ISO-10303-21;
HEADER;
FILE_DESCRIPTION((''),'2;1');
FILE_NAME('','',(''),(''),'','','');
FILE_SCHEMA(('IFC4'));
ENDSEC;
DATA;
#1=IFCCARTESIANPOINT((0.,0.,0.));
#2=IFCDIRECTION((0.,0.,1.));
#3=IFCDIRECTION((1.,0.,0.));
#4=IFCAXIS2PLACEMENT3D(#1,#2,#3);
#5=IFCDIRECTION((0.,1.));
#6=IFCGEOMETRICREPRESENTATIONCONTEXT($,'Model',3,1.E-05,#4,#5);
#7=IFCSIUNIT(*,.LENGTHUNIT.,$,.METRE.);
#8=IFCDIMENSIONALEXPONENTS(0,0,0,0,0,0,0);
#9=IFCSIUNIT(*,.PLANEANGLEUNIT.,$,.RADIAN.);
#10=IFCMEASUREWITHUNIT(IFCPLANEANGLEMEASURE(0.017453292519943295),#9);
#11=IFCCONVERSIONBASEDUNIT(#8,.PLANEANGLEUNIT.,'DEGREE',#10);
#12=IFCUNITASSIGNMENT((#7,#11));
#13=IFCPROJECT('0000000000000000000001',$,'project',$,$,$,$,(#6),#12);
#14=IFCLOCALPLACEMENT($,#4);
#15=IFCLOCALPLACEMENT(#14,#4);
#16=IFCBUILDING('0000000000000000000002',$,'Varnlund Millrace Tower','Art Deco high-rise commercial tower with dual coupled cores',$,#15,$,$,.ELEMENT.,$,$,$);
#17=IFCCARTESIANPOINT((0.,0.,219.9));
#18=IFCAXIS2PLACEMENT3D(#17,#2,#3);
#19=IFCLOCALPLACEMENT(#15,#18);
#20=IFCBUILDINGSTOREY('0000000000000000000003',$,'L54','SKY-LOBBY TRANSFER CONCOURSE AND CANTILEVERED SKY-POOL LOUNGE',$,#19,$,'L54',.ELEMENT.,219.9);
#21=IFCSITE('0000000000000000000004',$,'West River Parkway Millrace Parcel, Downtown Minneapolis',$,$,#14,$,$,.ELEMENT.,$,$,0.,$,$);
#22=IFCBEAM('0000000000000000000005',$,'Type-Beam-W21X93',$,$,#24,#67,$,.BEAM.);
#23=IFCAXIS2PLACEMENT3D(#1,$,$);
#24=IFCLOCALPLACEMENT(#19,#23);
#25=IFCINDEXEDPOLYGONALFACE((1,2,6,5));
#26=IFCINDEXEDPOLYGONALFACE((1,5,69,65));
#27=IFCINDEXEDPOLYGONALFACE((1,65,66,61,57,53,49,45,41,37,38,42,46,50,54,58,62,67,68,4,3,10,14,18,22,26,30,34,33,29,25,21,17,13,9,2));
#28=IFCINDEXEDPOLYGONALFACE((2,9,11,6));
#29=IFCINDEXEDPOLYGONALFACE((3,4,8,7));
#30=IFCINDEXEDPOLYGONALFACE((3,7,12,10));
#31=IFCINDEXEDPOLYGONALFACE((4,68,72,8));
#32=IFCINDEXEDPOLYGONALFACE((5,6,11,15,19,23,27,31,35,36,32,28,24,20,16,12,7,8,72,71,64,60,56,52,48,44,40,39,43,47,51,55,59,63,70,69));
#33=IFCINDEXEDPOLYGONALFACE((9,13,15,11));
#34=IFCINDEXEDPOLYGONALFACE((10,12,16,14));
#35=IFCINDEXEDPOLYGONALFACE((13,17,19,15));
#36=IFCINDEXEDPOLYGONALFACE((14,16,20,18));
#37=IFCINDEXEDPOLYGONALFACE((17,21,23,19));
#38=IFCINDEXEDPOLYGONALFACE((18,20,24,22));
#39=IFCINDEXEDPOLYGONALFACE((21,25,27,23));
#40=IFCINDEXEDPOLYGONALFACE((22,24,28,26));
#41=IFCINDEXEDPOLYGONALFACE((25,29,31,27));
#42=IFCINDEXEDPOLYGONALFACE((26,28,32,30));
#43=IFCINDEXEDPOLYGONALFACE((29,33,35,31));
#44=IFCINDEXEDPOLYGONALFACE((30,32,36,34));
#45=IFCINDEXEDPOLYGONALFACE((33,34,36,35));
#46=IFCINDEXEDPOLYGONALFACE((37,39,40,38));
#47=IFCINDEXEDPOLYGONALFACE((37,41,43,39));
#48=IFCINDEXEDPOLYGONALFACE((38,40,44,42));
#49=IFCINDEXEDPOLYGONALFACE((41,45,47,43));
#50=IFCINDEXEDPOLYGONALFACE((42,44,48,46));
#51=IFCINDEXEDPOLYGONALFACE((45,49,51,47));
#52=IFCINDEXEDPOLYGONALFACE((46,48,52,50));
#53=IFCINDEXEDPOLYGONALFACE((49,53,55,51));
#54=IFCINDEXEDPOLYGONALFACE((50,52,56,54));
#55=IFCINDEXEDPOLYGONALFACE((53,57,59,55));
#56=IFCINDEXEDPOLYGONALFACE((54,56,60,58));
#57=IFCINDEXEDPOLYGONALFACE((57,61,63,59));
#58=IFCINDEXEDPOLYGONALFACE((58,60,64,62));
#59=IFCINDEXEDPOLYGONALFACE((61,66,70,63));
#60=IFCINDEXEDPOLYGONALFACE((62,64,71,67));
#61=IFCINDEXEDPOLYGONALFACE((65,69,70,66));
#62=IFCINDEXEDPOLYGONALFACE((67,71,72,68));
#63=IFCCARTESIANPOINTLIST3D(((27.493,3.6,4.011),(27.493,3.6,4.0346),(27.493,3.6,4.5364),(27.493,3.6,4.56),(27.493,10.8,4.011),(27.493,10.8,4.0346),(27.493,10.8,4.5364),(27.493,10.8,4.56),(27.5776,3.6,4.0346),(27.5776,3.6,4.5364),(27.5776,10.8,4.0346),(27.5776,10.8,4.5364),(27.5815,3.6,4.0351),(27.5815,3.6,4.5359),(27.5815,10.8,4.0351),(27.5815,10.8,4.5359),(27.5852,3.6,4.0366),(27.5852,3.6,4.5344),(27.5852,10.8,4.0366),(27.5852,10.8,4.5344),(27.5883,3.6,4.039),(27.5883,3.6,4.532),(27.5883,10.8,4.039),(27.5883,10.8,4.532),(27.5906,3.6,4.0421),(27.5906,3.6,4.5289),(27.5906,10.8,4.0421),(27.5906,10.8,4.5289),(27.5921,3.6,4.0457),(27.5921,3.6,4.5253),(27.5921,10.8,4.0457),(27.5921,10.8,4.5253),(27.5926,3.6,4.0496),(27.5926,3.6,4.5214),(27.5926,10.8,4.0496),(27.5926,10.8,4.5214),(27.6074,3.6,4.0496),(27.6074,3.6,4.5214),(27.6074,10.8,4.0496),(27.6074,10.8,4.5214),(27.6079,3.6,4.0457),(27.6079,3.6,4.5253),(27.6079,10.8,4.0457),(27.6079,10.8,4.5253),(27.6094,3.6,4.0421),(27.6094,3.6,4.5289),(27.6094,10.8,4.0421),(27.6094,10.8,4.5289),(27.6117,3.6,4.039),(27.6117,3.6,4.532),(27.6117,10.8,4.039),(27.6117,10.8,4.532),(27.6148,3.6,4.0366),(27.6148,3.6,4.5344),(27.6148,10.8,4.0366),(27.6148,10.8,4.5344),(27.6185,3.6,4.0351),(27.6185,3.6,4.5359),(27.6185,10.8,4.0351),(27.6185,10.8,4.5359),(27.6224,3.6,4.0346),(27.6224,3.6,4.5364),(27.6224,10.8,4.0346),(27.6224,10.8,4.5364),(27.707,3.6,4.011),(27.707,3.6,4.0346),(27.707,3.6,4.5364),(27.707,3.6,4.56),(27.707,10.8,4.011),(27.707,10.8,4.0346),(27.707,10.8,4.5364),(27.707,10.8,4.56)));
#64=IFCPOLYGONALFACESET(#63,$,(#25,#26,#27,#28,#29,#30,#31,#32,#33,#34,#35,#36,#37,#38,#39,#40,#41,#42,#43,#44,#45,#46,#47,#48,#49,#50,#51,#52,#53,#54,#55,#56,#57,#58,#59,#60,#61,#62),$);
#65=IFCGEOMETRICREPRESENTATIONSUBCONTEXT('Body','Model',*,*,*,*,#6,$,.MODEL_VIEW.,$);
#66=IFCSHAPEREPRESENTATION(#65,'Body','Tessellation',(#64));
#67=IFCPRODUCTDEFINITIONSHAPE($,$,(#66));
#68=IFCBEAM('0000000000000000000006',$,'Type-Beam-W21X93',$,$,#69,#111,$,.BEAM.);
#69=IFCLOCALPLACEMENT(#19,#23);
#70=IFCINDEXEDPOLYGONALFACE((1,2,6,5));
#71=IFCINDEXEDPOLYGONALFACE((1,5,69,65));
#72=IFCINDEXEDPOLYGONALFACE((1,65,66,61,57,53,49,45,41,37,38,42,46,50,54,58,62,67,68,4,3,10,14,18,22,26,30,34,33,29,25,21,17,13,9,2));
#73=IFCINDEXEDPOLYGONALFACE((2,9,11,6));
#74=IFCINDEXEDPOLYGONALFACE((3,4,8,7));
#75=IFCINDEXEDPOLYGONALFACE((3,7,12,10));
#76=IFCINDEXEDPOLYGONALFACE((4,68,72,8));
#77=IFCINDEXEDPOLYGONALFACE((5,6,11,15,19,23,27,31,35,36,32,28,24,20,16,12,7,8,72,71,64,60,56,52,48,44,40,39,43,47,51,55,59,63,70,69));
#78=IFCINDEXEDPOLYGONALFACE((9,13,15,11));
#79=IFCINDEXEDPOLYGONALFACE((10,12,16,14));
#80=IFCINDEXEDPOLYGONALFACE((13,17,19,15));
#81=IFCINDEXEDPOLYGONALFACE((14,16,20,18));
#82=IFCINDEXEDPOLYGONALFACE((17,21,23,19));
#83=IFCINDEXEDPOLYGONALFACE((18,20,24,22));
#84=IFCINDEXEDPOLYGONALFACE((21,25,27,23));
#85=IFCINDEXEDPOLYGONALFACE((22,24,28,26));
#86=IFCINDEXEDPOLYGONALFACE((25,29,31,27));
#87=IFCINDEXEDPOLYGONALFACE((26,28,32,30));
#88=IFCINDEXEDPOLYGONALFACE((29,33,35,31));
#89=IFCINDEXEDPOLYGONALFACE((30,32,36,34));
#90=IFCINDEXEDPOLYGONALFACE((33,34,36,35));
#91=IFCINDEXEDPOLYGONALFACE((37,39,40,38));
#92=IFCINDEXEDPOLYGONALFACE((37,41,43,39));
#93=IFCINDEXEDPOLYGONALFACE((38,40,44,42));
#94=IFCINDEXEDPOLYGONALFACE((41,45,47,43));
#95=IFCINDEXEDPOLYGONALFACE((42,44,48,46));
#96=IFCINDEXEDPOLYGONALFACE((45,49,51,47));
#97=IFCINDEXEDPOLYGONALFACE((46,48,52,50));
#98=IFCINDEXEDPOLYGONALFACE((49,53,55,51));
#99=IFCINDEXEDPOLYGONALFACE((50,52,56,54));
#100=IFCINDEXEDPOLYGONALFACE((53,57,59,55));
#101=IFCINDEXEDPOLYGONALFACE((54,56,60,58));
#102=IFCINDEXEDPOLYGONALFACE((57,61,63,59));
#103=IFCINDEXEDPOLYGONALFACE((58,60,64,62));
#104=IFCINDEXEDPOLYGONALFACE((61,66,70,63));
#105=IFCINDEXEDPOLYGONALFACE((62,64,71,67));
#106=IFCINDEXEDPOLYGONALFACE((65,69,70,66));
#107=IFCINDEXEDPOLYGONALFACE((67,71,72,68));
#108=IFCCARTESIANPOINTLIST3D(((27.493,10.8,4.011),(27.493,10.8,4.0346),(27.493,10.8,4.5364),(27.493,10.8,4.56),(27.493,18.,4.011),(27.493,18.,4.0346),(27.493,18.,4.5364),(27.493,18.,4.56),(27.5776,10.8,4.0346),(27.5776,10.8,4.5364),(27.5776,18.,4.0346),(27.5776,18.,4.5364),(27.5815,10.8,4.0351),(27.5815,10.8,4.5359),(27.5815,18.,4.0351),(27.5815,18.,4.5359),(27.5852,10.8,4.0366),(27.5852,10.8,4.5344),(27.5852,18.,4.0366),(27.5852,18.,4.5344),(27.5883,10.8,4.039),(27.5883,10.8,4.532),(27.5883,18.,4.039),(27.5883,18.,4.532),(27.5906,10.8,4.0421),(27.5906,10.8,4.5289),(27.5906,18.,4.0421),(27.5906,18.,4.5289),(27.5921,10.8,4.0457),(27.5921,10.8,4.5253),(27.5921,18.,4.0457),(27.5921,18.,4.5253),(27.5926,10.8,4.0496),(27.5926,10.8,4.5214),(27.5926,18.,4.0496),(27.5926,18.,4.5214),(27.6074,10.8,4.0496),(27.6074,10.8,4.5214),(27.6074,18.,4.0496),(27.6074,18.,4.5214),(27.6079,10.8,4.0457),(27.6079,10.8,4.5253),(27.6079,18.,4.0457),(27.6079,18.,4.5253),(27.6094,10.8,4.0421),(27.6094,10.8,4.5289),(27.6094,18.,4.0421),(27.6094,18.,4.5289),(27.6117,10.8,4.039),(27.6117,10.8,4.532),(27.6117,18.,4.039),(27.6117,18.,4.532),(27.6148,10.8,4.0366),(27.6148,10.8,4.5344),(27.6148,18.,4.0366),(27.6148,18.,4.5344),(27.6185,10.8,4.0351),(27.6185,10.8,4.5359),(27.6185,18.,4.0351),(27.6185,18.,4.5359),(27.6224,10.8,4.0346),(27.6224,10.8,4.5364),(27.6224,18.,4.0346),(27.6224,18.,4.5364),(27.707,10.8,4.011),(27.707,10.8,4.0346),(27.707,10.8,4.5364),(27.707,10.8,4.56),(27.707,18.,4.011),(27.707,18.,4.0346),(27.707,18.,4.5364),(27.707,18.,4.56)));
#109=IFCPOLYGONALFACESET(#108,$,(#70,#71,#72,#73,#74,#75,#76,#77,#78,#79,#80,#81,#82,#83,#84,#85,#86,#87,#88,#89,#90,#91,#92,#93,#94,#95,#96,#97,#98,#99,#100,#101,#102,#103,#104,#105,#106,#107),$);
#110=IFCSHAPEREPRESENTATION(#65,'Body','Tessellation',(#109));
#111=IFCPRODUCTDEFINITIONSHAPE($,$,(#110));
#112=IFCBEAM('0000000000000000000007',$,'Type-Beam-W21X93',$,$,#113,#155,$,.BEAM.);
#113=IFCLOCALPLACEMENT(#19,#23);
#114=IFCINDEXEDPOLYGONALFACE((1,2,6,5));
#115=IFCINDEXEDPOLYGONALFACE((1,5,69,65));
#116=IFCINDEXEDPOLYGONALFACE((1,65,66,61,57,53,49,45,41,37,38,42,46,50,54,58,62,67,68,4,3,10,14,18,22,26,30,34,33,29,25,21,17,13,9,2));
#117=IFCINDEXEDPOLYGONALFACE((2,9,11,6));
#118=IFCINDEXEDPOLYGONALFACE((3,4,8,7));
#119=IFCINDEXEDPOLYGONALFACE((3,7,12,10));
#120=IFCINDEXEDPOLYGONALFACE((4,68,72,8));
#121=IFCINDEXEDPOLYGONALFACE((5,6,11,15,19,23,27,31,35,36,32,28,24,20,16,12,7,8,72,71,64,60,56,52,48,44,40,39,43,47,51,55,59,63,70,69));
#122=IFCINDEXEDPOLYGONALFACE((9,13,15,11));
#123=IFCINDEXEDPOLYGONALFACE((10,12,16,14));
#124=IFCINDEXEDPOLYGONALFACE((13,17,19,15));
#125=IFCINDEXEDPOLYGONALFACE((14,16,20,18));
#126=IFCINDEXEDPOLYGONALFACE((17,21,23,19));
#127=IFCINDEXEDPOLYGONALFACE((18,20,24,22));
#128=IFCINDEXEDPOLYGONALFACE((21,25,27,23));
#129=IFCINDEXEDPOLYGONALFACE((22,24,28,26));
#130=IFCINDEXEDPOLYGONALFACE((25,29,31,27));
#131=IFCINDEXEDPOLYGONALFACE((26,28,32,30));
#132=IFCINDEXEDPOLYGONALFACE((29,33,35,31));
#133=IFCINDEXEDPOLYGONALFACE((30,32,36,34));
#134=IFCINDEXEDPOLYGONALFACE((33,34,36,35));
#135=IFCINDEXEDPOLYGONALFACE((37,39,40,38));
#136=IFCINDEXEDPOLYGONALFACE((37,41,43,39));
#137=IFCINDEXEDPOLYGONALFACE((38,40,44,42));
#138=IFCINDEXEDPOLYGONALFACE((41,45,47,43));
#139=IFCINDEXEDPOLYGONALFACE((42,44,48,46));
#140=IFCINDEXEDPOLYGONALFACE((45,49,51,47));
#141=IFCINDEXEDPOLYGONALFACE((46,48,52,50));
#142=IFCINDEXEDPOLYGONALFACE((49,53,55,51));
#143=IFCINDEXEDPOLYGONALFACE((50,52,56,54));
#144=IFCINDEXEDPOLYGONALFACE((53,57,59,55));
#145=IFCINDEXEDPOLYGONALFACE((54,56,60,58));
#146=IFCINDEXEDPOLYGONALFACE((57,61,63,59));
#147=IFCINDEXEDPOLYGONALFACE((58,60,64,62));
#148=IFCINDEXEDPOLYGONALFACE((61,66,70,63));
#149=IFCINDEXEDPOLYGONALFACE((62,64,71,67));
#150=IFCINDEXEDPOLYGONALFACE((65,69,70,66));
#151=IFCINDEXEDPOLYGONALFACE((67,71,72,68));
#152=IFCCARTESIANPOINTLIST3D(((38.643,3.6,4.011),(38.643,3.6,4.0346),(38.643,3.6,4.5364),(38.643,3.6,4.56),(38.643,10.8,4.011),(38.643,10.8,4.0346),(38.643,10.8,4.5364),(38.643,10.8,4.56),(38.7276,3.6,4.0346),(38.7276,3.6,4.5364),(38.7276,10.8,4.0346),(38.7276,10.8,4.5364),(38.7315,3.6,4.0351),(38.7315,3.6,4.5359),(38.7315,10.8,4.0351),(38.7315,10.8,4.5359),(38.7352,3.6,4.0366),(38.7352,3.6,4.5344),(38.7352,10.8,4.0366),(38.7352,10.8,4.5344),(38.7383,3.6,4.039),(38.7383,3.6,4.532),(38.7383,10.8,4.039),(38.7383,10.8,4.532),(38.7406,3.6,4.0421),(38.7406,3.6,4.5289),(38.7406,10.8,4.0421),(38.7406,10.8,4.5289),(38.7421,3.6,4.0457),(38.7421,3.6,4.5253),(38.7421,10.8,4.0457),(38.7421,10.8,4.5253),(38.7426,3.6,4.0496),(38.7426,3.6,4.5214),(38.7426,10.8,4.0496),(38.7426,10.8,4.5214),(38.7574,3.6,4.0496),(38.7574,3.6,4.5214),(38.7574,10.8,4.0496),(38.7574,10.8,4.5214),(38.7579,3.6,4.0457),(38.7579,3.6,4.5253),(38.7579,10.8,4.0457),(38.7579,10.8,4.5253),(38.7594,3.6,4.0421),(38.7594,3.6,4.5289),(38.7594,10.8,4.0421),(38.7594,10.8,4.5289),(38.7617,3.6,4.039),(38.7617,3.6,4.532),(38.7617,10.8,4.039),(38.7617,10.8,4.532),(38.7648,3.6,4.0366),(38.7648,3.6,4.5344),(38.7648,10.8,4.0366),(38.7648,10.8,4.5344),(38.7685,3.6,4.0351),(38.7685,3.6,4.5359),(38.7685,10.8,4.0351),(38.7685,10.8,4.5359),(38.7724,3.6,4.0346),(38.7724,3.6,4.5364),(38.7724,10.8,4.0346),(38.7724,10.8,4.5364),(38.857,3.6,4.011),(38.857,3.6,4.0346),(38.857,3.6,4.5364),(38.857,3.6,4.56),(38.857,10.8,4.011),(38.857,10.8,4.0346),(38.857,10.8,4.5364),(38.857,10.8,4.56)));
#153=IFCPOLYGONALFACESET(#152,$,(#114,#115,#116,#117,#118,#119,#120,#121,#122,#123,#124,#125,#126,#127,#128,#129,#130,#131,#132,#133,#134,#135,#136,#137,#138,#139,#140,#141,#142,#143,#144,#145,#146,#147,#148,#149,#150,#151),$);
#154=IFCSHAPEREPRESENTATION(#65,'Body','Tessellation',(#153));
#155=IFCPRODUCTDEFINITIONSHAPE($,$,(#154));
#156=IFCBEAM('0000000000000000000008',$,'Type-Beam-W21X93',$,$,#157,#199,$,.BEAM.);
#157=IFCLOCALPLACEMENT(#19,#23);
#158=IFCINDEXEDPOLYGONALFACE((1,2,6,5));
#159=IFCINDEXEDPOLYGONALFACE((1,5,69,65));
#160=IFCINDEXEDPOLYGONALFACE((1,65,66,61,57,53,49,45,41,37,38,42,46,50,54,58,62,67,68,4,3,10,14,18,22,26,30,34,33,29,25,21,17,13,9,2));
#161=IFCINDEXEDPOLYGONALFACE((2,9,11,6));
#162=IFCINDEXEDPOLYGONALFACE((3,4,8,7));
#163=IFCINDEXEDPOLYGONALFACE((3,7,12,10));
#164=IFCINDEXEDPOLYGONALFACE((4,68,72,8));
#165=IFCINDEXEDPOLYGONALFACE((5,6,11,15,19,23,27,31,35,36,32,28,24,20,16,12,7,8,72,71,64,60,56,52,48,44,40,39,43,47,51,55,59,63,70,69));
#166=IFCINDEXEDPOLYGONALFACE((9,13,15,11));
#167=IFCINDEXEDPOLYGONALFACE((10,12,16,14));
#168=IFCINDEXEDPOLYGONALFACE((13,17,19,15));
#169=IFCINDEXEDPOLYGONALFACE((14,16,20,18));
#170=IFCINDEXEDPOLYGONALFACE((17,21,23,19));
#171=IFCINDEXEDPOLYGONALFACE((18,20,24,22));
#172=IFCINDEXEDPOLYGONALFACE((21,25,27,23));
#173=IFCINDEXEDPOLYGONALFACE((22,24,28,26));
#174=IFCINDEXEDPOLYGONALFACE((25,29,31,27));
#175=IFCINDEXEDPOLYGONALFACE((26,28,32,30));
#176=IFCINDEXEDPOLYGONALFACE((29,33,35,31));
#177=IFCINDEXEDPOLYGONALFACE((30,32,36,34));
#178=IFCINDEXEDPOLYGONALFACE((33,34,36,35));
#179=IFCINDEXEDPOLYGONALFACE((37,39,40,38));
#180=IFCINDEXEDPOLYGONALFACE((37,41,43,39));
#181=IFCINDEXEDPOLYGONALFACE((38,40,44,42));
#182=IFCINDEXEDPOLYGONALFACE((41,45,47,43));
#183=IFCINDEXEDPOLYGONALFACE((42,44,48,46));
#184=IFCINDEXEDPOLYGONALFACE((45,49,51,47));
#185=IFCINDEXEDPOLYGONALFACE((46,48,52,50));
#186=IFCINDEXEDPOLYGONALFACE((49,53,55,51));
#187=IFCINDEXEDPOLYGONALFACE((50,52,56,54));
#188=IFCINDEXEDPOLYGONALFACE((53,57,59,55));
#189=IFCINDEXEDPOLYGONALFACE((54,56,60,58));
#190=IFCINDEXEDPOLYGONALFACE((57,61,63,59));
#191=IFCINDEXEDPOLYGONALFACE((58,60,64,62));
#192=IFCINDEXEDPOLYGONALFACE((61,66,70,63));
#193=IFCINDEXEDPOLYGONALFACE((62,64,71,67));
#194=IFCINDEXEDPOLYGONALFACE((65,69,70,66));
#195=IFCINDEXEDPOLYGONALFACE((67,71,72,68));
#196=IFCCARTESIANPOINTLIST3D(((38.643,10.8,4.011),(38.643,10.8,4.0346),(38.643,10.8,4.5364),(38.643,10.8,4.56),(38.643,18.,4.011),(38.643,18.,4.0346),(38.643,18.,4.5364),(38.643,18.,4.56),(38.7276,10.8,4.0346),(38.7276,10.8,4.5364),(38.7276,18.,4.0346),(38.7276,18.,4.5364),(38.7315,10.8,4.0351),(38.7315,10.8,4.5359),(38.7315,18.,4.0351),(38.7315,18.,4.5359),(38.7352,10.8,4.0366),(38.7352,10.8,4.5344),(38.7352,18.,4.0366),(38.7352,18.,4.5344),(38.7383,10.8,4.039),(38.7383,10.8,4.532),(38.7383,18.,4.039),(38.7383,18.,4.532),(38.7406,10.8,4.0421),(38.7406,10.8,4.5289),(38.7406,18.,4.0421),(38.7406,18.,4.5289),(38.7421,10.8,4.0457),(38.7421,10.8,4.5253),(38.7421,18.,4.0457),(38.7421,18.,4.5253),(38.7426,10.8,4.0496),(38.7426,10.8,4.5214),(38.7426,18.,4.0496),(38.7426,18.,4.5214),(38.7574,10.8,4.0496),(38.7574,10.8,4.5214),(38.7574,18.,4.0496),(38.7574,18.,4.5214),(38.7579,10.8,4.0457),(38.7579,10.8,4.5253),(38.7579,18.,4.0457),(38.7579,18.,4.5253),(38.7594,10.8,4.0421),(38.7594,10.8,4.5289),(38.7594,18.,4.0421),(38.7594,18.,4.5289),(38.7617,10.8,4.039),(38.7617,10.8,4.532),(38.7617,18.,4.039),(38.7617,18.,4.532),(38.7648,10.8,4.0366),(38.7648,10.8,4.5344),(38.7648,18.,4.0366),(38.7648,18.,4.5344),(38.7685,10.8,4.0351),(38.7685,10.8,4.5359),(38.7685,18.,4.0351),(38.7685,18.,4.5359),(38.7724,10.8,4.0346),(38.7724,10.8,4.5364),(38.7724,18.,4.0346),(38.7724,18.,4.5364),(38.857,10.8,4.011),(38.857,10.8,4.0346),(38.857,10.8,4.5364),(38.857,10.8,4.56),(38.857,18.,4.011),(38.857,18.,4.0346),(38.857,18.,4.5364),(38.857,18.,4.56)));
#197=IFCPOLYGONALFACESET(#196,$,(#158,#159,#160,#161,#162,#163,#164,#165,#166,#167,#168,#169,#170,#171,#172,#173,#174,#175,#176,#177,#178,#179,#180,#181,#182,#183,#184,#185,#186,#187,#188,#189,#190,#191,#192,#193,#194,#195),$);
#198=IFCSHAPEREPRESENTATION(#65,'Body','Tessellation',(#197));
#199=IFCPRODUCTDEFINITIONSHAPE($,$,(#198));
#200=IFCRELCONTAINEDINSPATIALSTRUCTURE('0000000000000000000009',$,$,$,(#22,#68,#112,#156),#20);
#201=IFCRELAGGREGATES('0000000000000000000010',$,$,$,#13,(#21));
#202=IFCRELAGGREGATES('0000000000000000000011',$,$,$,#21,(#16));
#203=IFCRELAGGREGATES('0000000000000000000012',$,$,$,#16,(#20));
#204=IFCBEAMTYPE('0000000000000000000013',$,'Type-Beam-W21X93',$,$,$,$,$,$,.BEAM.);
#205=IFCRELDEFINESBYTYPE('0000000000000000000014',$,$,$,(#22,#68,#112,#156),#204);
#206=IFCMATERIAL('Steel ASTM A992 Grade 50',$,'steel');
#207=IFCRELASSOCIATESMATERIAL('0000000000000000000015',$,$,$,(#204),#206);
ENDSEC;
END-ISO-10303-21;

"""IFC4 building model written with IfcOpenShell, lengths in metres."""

from ifc_helpers import new_model, entity, si_unit, converted_unit, direction, frame, origin_with_axes, origin_2d_with_axis, place, context, subcontext, project, spatial, i_section, extrude, material, material_profile, profile_set, type_object, element, save


model = new_model("IFC4")

# Units and contexts
model_context = context("Model", 3, precision=1e-05, world=origin_with_axes(), true_north=direction((0.0, 1.0)))
body_context = subcontext(model_context, "Body", "Model", "MODEL_VIEW")
ifc_project = project(units=[si_unit("LENGTHUNIT", "METRE"), converted_unit("PLANEANGLEUNIT", "DEGREE", entity("IfcPlaneAngleMeasure", 0.017453292519943295), si_unit("PLANEANGLEUNIT", "RADIAN"), dimensions=[0, 0, 0, 0, 0, 0, 0])], contexts=[model_context])

# Site, building, storey
site_placement = place(None, origin_with_axes())
site = spatial("IfcSite", under=ifc_project, at=site_placement, Name="West River Parkway Millrace Parcel, Downtown Minneapolis", CompositionType="ELEMENT", RefElevation=0.0)
building_placement = place(site_placement, origin_with_axes())
building = spatial("IfcBuilding", under=site, at=building_placement, Name="Varnlund Millrace Tower", Description="Art Deco high-rise commercial tower with dual coupled cores", CompositionType="ELEMENT")
storey_placement = place(building_placement, frame((0.0, 0.0, 219.9), z_axis=(0.0, 0.0, 1.0), x_axis=(1.0, 0.0, 0.0)))
storey = spatial("IfcBuildingStorey", under=building, at=storey_placement, Name="L54", Description="SKY-LOBBY TRANSFER CONCOURSE AND CANTILEVERED SKY-POOL LOUNGE", LongName="L54", CompositionType="ELEMENT", Elevation=219.9)

# Beams
ifc_material_1 = material(Name="Steel ASTM A992 Grade 50", Category="steel")
ifc_material_profile_1 = material_profile(ifc_material_1, i_section(OverallWidth=0.214, OverallDepth=0.549, WebThickness=0.0147, FlangeThickness=0.0236, FilletRadius=0.015, at=origin_2d_with_axis()), Name="Steel ASTM A992 Grade 50")
ifc_profile_set_1 = profile_set([ifc_material_profile_1], Name="Steel ASTM A992 Grade 50")
beam_type_1 = type_object("IfcBeamType", Name="Type-Beam-W21X93", PredefinedType="BEAM", material=ifc_profile_set_1)
for number, where, z_axis, x_axis, name in (
    (1, (27.6, 3.6, 4.2855), (0.0, 1.0, 0.0), (-1.0, 0.0, 0.0), "Type-Beam-W21X93"),
    (2, (27.6, 10.8, 4.2855), (0.0, 1.0, 0.0), (-1.0, 0.0, 0.0), "Type-Beam-W21X93"),
    (3, (38.75, 3.6, 4.2855), (0.0, 1.0, 0.0), (-1.0, 0.0, 0.0), "Type-Beam-W21X93"),
    (4, (38.75, 10.8, 4.2855), (0.0, 1.0, 0.0), (-1.0, 0.0, 0.0), "Type-Beam-W21X93"),
):
    element("IfcBeam", number, at=place(storey_placement, frame(where, z_axis=z_axis, x_axis=x_axis)), inside=storey, type_object=beam_type_1, Name=name, PredefinedType="BEAM", context=body_context, shape_type="SweptSolid", body=[
        extrude(i_section(OverallWidth=0.214, OverallDepth=0.549, WebThickness=0.0147, FlangeThickness=0.0236, FilletRadius=0.015, at=origin_2d_with_axis()), origin_with_axes(), (0.0, 0.0, 1.0), 7.2),
    ])

save(model, "model.ifc")
